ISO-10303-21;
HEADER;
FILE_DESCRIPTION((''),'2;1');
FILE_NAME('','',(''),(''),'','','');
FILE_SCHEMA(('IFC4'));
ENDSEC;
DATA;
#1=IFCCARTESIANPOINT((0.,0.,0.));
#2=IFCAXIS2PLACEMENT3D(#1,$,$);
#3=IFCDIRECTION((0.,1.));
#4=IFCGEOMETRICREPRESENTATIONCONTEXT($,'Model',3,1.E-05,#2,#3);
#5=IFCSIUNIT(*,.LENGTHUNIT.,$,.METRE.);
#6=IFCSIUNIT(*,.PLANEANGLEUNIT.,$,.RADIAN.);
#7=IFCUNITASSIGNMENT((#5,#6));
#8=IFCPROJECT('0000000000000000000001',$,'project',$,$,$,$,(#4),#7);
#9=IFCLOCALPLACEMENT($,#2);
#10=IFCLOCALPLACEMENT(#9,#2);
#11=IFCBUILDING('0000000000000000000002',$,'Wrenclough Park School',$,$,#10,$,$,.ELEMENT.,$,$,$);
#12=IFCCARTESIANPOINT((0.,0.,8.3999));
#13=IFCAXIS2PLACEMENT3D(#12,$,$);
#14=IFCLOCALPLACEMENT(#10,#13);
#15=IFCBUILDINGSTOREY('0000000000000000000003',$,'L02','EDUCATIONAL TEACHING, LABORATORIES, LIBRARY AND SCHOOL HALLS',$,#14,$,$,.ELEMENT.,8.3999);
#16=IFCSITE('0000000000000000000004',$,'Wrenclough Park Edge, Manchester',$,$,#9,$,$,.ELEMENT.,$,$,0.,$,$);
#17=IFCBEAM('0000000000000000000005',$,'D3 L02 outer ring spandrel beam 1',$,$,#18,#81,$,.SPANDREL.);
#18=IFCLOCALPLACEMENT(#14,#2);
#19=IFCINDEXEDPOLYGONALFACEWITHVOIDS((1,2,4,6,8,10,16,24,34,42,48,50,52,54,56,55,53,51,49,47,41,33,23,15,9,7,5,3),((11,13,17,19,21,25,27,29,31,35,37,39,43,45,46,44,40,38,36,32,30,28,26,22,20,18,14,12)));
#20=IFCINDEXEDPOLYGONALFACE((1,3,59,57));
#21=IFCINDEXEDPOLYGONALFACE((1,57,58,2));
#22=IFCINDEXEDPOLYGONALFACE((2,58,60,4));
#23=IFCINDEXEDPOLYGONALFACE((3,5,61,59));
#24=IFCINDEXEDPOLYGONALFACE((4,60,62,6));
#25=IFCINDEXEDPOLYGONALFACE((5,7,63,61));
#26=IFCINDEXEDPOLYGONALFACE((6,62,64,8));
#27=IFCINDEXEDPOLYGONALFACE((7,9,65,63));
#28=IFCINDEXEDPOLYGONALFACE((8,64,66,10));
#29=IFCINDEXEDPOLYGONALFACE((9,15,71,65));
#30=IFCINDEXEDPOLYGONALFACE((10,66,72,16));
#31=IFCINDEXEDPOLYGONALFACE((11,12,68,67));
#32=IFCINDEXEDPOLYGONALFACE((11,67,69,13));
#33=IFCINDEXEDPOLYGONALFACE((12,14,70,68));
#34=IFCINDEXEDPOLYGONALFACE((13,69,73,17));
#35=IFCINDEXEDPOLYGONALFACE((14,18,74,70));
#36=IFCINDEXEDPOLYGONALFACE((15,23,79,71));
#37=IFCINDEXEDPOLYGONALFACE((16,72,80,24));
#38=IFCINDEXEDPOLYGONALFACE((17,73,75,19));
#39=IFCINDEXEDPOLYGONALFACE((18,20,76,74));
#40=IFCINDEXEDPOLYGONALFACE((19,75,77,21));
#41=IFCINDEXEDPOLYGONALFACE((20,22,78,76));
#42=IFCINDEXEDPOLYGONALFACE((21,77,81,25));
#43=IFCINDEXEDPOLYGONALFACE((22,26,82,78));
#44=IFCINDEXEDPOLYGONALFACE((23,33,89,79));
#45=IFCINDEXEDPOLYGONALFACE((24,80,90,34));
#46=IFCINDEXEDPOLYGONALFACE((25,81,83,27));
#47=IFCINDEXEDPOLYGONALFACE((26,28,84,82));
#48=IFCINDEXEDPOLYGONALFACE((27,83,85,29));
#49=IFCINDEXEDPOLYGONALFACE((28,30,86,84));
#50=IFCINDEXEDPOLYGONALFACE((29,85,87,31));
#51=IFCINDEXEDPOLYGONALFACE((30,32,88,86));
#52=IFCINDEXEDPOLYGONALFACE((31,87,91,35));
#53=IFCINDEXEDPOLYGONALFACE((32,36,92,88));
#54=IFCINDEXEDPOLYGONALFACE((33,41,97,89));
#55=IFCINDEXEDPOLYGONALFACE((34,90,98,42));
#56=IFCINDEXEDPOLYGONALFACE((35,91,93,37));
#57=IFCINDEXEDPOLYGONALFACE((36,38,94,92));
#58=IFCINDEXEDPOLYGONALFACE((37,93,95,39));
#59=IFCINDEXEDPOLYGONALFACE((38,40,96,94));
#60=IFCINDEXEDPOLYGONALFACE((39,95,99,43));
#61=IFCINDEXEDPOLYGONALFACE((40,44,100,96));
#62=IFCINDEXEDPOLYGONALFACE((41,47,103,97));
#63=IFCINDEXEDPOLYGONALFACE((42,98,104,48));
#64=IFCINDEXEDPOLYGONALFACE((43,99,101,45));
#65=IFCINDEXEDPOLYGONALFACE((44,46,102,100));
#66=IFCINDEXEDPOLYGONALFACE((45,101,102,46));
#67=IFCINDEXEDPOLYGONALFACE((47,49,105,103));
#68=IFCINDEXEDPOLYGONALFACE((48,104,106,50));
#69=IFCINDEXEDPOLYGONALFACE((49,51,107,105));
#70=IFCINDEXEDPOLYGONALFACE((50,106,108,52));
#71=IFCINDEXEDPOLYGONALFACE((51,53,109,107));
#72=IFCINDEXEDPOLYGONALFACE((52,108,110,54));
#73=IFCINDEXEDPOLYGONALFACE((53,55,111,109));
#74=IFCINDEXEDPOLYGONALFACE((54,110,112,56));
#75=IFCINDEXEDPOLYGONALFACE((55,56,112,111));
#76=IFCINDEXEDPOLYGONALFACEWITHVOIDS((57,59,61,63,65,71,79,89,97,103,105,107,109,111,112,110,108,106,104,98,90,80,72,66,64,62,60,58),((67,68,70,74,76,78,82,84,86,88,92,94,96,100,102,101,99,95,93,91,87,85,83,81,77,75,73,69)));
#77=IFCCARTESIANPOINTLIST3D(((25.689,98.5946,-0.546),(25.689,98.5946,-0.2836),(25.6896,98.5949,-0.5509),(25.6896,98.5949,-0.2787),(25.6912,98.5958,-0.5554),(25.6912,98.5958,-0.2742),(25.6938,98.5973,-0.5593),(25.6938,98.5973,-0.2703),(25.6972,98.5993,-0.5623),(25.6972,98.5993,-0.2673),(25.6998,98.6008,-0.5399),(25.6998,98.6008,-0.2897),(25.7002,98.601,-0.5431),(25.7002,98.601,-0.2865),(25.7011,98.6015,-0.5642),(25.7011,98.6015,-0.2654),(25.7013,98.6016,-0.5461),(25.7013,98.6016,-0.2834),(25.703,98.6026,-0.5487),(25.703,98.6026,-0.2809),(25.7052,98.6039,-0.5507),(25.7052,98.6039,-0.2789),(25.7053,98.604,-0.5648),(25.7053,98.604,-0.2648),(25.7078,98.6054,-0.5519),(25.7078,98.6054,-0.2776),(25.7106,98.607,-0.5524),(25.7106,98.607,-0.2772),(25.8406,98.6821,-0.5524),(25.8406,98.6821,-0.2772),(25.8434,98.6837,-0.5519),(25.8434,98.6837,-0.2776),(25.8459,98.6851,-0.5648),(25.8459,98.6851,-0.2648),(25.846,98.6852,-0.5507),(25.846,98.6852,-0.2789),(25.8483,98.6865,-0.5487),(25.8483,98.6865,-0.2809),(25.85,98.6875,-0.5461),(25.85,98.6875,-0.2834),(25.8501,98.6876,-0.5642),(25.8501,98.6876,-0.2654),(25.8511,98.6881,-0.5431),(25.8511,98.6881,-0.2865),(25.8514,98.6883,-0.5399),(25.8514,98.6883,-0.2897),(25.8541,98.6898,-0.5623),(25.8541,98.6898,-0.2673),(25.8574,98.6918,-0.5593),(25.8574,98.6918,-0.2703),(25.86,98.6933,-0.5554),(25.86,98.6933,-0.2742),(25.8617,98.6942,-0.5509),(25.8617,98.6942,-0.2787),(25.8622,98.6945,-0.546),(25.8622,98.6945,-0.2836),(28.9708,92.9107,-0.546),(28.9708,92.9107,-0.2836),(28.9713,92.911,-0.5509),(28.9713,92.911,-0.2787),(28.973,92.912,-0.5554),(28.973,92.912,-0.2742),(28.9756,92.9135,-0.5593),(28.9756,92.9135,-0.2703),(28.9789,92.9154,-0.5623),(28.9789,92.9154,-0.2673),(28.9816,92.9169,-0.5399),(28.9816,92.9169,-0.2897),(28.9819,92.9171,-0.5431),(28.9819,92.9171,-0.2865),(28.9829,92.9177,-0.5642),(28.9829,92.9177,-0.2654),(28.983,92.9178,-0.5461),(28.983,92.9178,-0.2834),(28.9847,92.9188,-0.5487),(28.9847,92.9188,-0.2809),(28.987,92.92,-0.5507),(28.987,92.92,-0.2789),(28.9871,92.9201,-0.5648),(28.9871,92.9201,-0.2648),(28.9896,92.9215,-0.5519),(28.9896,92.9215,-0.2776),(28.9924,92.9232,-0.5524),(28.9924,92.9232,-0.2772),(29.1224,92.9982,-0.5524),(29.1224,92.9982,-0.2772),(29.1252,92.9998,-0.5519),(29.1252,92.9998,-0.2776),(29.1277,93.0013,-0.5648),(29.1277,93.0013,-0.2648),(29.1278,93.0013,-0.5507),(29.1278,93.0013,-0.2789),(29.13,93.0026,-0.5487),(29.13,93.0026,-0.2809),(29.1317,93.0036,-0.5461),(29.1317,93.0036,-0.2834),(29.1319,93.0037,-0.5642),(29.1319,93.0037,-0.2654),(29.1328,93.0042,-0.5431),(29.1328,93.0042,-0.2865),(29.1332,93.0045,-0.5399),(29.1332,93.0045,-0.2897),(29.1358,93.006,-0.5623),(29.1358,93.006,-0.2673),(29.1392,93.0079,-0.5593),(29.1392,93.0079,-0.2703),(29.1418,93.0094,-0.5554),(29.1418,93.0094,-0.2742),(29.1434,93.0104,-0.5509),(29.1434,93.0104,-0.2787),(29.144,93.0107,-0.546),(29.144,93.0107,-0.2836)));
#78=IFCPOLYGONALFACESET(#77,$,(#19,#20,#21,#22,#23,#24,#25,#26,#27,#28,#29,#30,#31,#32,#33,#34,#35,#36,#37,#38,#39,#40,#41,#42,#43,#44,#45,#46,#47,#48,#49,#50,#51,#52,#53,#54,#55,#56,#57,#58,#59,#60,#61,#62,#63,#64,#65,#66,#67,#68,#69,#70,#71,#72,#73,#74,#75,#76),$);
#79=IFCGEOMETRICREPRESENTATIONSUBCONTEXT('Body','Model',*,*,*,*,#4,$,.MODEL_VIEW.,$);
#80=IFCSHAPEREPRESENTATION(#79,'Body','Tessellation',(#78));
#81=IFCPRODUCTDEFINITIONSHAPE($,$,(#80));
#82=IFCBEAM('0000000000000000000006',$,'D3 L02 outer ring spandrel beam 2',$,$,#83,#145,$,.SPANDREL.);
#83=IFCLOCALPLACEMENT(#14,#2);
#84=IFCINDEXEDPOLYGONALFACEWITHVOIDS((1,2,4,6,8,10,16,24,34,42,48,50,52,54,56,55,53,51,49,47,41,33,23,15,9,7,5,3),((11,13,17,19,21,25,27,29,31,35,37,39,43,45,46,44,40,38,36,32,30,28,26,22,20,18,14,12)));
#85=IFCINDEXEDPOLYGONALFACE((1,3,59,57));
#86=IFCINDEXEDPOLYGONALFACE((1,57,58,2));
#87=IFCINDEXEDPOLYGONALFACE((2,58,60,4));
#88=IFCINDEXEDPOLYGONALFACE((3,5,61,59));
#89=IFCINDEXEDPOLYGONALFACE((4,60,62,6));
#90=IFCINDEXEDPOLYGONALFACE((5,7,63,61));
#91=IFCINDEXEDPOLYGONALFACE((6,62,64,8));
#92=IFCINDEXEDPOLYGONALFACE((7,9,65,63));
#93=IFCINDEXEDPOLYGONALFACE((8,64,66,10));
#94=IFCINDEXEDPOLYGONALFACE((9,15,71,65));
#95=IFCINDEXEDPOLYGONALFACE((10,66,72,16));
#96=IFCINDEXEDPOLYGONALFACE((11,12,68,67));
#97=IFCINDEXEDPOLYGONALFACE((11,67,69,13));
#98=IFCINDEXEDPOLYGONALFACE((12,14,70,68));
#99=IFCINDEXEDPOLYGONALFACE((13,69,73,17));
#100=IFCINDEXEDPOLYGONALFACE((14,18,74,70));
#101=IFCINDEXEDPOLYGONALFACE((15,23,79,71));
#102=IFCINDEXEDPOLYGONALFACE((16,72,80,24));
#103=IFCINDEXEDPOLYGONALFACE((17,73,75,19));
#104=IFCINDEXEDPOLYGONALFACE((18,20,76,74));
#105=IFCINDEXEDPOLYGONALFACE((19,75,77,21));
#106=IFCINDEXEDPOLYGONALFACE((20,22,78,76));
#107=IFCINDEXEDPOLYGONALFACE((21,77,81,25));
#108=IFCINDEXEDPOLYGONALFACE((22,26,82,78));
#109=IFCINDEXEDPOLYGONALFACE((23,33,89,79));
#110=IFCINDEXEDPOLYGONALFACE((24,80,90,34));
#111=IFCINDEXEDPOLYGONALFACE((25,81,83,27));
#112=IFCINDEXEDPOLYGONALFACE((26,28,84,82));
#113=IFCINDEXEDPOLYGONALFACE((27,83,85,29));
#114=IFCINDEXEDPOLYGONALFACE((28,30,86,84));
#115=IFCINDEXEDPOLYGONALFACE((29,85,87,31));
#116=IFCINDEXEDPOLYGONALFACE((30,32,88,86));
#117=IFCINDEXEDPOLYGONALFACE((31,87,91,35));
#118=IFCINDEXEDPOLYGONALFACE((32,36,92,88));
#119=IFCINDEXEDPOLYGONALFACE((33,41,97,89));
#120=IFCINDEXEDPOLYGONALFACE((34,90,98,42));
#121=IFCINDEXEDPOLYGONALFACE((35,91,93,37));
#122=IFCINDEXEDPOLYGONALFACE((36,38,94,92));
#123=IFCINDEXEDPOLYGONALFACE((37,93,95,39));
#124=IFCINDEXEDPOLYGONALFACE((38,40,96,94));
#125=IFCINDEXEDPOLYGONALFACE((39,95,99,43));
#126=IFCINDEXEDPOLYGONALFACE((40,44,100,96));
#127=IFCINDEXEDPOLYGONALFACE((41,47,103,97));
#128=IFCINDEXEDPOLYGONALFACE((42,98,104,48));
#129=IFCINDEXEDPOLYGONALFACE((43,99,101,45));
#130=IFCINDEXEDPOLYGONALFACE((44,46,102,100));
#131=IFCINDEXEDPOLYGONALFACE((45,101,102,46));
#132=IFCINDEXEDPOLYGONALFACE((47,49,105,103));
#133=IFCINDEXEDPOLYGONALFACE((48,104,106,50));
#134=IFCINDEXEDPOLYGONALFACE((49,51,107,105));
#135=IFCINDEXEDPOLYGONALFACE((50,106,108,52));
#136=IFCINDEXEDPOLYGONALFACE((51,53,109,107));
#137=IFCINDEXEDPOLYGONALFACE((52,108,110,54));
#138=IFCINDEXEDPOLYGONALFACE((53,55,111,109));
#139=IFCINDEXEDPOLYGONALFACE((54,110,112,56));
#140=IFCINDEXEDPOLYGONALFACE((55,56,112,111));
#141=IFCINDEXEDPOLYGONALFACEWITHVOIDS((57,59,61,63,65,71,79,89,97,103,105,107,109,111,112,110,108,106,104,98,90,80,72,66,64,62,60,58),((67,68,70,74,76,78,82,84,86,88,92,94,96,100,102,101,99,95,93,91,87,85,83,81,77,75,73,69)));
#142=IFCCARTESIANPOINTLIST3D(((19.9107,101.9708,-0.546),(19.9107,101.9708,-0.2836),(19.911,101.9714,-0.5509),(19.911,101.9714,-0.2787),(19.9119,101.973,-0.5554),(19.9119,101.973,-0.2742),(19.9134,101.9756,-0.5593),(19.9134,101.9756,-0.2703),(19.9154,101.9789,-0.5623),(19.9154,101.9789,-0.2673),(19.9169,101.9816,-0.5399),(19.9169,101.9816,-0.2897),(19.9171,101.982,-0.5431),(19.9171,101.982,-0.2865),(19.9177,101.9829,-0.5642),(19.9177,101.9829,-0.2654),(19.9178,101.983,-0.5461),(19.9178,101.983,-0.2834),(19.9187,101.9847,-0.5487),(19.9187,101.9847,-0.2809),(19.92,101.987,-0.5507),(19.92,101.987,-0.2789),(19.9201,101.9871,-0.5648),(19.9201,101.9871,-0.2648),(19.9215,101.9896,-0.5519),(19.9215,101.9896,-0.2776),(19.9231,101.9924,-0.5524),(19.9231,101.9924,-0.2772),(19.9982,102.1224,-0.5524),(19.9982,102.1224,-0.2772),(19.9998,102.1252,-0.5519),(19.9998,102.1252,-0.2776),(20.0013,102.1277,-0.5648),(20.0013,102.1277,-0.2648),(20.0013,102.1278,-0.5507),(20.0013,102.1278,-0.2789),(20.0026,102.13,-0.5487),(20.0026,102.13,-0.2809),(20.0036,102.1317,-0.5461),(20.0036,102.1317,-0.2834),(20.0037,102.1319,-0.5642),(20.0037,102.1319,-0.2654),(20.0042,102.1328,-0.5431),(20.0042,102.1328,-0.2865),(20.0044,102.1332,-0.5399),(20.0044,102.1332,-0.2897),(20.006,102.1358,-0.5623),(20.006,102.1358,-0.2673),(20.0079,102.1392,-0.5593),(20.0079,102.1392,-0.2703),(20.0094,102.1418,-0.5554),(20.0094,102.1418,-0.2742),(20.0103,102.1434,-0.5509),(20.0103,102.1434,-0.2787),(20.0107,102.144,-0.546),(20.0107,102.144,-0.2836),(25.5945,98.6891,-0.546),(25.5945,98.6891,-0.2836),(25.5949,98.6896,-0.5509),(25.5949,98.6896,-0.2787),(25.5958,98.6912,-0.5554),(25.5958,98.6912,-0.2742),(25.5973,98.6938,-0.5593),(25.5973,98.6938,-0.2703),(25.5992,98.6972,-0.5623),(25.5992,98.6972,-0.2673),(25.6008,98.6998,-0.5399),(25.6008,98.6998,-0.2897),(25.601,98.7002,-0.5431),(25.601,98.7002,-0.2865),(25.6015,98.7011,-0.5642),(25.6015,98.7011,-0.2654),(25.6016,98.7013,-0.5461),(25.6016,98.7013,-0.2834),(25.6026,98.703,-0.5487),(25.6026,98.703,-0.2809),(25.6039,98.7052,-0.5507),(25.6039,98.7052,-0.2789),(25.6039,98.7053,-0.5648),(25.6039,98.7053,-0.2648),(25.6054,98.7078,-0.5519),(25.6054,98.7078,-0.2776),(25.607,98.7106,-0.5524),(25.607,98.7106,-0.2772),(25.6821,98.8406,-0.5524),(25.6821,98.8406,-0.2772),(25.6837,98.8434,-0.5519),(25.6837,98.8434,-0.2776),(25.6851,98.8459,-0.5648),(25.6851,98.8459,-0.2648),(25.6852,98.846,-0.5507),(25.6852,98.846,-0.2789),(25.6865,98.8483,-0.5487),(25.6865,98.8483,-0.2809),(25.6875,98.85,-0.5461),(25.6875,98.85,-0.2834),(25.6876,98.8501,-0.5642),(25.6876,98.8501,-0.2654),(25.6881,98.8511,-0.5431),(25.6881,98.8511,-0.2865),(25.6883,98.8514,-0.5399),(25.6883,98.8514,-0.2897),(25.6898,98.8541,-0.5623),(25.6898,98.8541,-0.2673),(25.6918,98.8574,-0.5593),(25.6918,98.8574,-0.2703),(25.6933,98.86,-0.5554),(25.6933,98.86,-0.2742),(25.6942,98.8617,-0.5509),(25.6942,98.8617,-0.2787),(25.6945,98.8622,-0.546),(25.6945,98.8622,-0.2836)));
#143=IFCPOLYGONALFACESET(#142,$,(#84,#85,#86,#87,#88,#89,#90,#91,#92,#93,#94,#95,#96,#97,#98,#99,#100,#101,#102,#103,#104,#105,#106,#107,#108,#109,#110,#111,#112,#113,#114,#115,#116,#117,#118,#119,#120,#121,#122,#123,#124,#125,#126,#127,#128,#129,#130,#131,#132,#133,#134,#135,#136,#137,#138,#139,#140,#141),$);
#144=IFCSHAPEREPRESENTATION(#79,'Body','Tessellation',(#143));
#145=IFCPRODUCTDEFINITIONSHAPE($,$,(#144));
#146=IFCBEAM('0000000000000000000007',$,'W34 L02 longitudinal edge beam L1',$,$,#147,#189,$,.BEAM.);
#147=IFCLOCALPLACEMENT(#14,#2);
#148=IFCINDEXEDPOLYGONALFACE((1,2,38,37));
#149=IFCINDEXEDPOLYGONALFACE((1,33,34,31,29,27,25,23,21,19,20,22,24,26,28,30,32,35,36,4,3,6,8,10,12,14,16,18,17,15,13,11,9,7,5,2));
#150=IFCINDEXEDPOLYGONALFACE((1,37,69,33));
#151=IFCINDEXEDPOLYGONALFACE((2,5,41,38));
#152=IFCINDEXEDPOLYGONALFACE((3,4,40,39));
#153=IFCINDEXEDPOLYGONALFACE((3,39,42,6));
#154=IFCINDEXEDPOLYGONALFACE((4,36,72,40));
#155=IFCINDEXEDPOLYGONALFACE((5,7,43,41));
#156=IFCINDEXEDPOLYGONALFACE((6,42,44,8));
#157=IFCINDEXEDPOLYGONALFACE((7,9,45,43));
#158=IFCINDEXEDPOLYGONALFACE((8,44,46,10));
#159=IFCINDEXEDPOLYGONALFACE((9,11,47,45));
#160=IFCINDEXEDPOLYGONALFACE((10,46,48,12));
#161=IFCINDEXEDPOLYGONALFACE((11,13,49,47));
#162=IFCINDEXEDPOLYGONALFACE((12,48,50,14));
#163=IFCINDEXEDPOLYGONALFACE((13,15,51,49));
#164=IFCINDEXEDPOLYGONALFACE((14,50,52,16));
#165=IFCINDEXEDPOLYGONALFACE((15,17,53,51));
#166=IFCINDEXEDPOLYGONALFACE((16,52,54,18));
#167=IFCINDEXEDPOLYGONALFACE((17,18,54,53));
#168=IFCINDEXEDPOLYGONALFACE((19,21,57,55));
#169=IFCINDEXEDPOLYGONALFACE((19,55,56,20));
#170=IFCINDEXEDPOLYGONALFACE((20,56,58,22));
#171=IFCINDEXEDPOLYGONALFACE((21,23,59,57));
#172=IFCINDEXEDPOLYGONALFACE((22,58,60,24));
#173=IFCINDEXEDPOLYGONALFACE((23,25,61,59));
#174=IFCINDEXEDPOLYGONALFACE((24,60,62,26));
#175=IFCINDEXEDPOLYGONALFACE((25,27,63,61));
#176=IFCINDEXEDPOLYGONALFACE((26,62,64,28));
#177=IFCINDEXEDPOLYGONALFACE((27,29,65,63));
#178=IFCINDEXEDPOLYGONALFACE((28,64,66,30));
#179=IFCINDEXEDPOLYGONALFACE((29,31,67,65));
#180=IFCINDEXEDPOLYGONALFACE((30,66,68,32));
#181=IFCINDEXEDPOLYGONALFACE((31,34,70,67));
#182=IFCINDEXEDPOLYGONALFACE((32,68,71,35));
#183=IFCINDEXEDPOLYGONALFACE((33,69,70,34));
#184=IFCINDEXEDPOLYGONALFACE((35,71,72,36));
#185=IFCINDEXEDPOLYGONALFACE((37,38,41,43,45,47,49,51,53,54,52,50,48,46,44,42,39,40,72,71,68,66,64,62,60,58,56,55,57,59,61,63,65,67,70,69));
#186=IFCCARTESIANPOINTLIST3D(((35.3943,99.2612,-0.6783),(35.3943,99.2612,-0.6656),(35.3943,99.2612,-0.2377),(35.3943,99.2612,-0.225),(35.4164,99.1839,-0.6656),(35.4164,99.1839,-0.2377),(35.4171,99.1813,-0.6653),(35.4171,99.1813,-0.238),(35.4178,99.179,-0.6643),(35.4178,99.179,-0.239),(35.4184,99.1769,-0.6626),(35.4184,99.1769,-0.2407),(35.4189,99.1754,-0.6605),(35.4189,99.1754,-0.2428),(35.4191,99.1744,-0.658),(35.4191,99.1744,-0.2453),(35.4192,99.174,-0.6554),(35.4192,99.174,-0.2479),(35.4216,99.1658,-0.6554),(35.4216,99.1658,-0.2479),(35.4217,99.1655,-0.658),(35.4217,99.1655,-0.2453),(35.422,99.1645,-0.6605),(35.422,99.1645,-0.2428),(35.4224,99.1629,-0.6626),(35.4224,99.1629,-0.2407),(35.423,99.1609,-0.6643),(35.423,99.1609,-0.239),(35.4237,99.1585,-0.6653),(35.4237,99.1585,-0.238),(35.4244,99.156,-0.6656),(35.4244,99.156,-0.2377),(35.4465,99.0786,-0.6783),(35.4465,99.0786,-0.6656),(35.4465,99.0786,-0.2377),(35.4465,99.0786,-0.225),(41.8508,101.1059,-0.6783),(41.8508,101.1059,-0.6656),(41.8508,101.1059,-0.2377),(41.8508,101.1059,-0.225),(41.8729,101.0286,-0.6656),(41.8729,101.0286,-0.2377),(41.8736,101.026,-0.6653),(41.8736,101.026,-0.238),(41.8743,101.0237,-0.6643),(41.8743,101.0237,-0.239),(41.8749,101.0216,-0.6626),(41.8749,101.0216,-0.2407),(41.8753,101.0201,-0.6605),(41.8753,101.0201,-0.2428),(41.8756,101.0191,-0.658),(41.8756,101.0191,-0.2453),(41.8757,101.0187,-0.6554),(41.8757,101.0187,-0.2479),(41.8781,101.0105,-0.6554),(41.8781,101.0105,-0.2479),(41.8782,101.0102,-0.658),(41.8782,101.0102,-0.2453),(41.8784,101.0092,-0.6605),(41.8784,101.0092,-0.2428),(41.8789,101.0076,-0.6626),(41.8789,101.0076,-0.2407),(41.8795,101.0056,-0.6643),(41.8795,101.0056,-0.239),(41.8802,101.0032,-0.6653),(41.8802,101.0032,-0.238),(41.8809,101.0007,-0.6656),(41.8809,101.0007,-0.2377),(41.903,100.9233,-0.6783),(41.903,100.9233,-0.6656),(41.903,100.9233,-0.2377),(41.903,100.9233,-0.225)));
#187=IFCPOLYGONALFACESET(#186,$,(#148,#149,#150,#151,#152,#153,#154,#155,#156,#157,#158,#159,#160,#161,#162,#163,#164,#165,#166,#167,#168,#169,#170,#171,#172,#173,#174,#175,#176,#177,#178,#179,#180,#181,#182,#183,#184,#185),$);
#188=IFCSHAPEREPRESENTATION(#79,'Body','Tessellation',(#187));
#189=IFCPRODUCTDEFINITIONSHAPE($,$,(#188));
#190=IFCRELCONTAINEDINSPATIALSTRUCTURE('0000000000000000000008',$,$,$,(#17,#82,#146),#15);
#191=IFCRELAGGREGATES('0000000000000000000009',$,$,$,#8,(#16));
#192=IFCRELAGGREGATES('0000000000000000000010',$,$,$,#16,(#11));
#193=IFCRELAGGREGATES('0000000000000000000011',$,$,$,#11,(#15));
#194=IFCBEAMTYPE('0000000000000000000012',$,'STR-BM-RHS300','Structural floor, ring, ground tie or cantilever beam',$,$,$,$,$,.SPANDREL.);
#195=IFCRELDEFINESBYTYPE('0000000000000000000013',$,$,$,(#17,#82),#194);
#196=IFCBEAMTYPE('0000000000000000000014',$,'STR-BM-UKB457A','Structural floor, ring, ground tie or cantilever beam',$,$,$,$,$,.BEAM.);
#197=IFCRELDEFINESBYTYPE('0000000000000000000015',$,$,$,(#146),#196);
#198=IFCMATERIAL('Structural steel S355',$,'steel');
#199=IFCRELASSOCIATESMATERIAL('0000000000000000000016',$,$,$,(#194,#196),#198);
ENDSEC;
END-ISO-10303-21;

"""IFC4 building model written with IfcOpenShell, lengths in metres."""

from ifc_helpers import new_model, si_unit, direction, frame, origin, origin_2d, place, context, subcontext, project, spatial, hollow_rectangle, i_section, extrude, material, material_profile, profile_set, type_object, element, save


model = new_model("IFC4")

# Units and contexts
model_context = context("Model", 3, precision=1e-05, world=origin(), true_north=direction((0.0, 1.0)))
body_context = subcontext(model_context, "Body", "Model", "MODEL_VIEW")
ifc_project = project(units=[si_unit("LENGTHUNIT", "METRE"), si_unit("PLANEANGLEUNIT", "RADIAN")], contexts=[model_context])

# Site, building, storey
site_placement = place(None, origin())
site = spatial("IfcSite", under=ifc_project, at=site_placement, Name="Wrenclough Park Edge, Manchester", CompositionType="ELEMENT", RefElevation=0.0)
building_placement = place(site_placement, origin())
building = spatial("IfcBuilding", under=site, at=building_placement, Name="Wrenclough Park School", CompositionType="ELEMENT")
storey_placement = place(building_placement, frame((0.0, 0.0, 8.3999)))
storey = spatial("IfcBuildingStorey", under=building, at=storey_placement, Name="L02", Description="EDUCATIONAL TEACHING, LABORATORIES, LIBRARY AND SCHOOL HALLS", CompositionType="ELEMENT", Elevation=8.3999)

# Shared definitions
ifc_material_1 = material(Name="Structural steel S355", Category="steel")

# Beams
ifc_material_profile_1 = material_profile(ifc_material_1, hollow_rectangle(XDim=0.2, YDim=0.3, WallThickness=0.0125, InnerFilletRadius=0.0125, OuterFilletRadius=0.0188, at=origin_2d()), Name="RHS 300x200x12.5")
ifc_profile_set_1 = profile_set([ifc_material_profile_1], Name="Structural steel S355")
beam_type_1 = type_object("IfcBeamType", Name="STR-BM-RHS300", Description="Structural floor, ring, ground tie or cantilever beam", PredefinedType="SPANDREL", material=ifc_profile_set_1)
for number, where, z_axis, x_axis, name in (
    (1, (29.0574, 92.9607, -0.4148), (-0.50002, 0.866014, 0.0), (-0.866014, -0.50002, 0.0), "D3 L02 outer ring spandrel beam 1"),
    (2, (25.6445, 98.7756, -0.4148), (-0.866014, 0.50002, 0.0), (-0.50002, -0.866014, 0.0), "D3 L02 outer ring spandrel beam 2"),
):
    element("IfcBeam", number, at=place(storey_placement, frame(where, z_axis=z_axis, x_axis=x_axis)), inside=storey, type_object=beam_type_1, Name=name, PredefinedType="SPANDREL", context=body_context, shape_type="SweptSolid", body=[
        extrude(hollow_rectangle(XDim=0.2, YDim=0.3, WallThickness=0.0125, InnerFilletRadius=0.0125, OuterFilletRadius=0.0188, at=origin_2d()), origin(), (0.0, 0.0, 1.0), 6.5632),
    ])
ifc_material_profile_2 = material_profile(ifc_material_1, i_section(OverallWidth=0.1899, OverallDepth=0.4534, WebThickness=0.0085, FlangeThickness=0.0127, FilletRadius=0.0103, at=origin_2d()), Name="UKB 457x191x67")
ifc_profile_set_2 = profile_set([ifc_material_profile_2], Name="Structural steel S355")
beam_type_2 = type_object("IfcBeamType", Name="STR-BM-UKB457A", Description="Structural floor, ring, ground tie or cantilever beam", PredefinedType="BEAM", material=ifc_profile_set_2)
beam_1_placement = place(storey_placement, frame((35.4204, 99.1699, -0.4517), z_axis=(0.961524, 0.274721, 0.0), x_axis=(-0.274721, 0.961524, 0.0)))
element("IfcBeam", 3, at=beam_1_placement, inside=storey, type_object=beam_type_2, Name="W34 L02 longitudinal edge beam L1", PredefinedType="BEAM", context=body_context, shape_type="SweptSolid", body=[
    extrude(i_section(OverallWidth=0.1899, OverallDepth=0.4534, WebThickness=0.0085, FlangeThickness=0.0127, FilletRadius=0.0103, at=origin_2d()), origin(), (0.0, 0.0, 1.0), 6.7148),
])

save(model, "model.ifc")
